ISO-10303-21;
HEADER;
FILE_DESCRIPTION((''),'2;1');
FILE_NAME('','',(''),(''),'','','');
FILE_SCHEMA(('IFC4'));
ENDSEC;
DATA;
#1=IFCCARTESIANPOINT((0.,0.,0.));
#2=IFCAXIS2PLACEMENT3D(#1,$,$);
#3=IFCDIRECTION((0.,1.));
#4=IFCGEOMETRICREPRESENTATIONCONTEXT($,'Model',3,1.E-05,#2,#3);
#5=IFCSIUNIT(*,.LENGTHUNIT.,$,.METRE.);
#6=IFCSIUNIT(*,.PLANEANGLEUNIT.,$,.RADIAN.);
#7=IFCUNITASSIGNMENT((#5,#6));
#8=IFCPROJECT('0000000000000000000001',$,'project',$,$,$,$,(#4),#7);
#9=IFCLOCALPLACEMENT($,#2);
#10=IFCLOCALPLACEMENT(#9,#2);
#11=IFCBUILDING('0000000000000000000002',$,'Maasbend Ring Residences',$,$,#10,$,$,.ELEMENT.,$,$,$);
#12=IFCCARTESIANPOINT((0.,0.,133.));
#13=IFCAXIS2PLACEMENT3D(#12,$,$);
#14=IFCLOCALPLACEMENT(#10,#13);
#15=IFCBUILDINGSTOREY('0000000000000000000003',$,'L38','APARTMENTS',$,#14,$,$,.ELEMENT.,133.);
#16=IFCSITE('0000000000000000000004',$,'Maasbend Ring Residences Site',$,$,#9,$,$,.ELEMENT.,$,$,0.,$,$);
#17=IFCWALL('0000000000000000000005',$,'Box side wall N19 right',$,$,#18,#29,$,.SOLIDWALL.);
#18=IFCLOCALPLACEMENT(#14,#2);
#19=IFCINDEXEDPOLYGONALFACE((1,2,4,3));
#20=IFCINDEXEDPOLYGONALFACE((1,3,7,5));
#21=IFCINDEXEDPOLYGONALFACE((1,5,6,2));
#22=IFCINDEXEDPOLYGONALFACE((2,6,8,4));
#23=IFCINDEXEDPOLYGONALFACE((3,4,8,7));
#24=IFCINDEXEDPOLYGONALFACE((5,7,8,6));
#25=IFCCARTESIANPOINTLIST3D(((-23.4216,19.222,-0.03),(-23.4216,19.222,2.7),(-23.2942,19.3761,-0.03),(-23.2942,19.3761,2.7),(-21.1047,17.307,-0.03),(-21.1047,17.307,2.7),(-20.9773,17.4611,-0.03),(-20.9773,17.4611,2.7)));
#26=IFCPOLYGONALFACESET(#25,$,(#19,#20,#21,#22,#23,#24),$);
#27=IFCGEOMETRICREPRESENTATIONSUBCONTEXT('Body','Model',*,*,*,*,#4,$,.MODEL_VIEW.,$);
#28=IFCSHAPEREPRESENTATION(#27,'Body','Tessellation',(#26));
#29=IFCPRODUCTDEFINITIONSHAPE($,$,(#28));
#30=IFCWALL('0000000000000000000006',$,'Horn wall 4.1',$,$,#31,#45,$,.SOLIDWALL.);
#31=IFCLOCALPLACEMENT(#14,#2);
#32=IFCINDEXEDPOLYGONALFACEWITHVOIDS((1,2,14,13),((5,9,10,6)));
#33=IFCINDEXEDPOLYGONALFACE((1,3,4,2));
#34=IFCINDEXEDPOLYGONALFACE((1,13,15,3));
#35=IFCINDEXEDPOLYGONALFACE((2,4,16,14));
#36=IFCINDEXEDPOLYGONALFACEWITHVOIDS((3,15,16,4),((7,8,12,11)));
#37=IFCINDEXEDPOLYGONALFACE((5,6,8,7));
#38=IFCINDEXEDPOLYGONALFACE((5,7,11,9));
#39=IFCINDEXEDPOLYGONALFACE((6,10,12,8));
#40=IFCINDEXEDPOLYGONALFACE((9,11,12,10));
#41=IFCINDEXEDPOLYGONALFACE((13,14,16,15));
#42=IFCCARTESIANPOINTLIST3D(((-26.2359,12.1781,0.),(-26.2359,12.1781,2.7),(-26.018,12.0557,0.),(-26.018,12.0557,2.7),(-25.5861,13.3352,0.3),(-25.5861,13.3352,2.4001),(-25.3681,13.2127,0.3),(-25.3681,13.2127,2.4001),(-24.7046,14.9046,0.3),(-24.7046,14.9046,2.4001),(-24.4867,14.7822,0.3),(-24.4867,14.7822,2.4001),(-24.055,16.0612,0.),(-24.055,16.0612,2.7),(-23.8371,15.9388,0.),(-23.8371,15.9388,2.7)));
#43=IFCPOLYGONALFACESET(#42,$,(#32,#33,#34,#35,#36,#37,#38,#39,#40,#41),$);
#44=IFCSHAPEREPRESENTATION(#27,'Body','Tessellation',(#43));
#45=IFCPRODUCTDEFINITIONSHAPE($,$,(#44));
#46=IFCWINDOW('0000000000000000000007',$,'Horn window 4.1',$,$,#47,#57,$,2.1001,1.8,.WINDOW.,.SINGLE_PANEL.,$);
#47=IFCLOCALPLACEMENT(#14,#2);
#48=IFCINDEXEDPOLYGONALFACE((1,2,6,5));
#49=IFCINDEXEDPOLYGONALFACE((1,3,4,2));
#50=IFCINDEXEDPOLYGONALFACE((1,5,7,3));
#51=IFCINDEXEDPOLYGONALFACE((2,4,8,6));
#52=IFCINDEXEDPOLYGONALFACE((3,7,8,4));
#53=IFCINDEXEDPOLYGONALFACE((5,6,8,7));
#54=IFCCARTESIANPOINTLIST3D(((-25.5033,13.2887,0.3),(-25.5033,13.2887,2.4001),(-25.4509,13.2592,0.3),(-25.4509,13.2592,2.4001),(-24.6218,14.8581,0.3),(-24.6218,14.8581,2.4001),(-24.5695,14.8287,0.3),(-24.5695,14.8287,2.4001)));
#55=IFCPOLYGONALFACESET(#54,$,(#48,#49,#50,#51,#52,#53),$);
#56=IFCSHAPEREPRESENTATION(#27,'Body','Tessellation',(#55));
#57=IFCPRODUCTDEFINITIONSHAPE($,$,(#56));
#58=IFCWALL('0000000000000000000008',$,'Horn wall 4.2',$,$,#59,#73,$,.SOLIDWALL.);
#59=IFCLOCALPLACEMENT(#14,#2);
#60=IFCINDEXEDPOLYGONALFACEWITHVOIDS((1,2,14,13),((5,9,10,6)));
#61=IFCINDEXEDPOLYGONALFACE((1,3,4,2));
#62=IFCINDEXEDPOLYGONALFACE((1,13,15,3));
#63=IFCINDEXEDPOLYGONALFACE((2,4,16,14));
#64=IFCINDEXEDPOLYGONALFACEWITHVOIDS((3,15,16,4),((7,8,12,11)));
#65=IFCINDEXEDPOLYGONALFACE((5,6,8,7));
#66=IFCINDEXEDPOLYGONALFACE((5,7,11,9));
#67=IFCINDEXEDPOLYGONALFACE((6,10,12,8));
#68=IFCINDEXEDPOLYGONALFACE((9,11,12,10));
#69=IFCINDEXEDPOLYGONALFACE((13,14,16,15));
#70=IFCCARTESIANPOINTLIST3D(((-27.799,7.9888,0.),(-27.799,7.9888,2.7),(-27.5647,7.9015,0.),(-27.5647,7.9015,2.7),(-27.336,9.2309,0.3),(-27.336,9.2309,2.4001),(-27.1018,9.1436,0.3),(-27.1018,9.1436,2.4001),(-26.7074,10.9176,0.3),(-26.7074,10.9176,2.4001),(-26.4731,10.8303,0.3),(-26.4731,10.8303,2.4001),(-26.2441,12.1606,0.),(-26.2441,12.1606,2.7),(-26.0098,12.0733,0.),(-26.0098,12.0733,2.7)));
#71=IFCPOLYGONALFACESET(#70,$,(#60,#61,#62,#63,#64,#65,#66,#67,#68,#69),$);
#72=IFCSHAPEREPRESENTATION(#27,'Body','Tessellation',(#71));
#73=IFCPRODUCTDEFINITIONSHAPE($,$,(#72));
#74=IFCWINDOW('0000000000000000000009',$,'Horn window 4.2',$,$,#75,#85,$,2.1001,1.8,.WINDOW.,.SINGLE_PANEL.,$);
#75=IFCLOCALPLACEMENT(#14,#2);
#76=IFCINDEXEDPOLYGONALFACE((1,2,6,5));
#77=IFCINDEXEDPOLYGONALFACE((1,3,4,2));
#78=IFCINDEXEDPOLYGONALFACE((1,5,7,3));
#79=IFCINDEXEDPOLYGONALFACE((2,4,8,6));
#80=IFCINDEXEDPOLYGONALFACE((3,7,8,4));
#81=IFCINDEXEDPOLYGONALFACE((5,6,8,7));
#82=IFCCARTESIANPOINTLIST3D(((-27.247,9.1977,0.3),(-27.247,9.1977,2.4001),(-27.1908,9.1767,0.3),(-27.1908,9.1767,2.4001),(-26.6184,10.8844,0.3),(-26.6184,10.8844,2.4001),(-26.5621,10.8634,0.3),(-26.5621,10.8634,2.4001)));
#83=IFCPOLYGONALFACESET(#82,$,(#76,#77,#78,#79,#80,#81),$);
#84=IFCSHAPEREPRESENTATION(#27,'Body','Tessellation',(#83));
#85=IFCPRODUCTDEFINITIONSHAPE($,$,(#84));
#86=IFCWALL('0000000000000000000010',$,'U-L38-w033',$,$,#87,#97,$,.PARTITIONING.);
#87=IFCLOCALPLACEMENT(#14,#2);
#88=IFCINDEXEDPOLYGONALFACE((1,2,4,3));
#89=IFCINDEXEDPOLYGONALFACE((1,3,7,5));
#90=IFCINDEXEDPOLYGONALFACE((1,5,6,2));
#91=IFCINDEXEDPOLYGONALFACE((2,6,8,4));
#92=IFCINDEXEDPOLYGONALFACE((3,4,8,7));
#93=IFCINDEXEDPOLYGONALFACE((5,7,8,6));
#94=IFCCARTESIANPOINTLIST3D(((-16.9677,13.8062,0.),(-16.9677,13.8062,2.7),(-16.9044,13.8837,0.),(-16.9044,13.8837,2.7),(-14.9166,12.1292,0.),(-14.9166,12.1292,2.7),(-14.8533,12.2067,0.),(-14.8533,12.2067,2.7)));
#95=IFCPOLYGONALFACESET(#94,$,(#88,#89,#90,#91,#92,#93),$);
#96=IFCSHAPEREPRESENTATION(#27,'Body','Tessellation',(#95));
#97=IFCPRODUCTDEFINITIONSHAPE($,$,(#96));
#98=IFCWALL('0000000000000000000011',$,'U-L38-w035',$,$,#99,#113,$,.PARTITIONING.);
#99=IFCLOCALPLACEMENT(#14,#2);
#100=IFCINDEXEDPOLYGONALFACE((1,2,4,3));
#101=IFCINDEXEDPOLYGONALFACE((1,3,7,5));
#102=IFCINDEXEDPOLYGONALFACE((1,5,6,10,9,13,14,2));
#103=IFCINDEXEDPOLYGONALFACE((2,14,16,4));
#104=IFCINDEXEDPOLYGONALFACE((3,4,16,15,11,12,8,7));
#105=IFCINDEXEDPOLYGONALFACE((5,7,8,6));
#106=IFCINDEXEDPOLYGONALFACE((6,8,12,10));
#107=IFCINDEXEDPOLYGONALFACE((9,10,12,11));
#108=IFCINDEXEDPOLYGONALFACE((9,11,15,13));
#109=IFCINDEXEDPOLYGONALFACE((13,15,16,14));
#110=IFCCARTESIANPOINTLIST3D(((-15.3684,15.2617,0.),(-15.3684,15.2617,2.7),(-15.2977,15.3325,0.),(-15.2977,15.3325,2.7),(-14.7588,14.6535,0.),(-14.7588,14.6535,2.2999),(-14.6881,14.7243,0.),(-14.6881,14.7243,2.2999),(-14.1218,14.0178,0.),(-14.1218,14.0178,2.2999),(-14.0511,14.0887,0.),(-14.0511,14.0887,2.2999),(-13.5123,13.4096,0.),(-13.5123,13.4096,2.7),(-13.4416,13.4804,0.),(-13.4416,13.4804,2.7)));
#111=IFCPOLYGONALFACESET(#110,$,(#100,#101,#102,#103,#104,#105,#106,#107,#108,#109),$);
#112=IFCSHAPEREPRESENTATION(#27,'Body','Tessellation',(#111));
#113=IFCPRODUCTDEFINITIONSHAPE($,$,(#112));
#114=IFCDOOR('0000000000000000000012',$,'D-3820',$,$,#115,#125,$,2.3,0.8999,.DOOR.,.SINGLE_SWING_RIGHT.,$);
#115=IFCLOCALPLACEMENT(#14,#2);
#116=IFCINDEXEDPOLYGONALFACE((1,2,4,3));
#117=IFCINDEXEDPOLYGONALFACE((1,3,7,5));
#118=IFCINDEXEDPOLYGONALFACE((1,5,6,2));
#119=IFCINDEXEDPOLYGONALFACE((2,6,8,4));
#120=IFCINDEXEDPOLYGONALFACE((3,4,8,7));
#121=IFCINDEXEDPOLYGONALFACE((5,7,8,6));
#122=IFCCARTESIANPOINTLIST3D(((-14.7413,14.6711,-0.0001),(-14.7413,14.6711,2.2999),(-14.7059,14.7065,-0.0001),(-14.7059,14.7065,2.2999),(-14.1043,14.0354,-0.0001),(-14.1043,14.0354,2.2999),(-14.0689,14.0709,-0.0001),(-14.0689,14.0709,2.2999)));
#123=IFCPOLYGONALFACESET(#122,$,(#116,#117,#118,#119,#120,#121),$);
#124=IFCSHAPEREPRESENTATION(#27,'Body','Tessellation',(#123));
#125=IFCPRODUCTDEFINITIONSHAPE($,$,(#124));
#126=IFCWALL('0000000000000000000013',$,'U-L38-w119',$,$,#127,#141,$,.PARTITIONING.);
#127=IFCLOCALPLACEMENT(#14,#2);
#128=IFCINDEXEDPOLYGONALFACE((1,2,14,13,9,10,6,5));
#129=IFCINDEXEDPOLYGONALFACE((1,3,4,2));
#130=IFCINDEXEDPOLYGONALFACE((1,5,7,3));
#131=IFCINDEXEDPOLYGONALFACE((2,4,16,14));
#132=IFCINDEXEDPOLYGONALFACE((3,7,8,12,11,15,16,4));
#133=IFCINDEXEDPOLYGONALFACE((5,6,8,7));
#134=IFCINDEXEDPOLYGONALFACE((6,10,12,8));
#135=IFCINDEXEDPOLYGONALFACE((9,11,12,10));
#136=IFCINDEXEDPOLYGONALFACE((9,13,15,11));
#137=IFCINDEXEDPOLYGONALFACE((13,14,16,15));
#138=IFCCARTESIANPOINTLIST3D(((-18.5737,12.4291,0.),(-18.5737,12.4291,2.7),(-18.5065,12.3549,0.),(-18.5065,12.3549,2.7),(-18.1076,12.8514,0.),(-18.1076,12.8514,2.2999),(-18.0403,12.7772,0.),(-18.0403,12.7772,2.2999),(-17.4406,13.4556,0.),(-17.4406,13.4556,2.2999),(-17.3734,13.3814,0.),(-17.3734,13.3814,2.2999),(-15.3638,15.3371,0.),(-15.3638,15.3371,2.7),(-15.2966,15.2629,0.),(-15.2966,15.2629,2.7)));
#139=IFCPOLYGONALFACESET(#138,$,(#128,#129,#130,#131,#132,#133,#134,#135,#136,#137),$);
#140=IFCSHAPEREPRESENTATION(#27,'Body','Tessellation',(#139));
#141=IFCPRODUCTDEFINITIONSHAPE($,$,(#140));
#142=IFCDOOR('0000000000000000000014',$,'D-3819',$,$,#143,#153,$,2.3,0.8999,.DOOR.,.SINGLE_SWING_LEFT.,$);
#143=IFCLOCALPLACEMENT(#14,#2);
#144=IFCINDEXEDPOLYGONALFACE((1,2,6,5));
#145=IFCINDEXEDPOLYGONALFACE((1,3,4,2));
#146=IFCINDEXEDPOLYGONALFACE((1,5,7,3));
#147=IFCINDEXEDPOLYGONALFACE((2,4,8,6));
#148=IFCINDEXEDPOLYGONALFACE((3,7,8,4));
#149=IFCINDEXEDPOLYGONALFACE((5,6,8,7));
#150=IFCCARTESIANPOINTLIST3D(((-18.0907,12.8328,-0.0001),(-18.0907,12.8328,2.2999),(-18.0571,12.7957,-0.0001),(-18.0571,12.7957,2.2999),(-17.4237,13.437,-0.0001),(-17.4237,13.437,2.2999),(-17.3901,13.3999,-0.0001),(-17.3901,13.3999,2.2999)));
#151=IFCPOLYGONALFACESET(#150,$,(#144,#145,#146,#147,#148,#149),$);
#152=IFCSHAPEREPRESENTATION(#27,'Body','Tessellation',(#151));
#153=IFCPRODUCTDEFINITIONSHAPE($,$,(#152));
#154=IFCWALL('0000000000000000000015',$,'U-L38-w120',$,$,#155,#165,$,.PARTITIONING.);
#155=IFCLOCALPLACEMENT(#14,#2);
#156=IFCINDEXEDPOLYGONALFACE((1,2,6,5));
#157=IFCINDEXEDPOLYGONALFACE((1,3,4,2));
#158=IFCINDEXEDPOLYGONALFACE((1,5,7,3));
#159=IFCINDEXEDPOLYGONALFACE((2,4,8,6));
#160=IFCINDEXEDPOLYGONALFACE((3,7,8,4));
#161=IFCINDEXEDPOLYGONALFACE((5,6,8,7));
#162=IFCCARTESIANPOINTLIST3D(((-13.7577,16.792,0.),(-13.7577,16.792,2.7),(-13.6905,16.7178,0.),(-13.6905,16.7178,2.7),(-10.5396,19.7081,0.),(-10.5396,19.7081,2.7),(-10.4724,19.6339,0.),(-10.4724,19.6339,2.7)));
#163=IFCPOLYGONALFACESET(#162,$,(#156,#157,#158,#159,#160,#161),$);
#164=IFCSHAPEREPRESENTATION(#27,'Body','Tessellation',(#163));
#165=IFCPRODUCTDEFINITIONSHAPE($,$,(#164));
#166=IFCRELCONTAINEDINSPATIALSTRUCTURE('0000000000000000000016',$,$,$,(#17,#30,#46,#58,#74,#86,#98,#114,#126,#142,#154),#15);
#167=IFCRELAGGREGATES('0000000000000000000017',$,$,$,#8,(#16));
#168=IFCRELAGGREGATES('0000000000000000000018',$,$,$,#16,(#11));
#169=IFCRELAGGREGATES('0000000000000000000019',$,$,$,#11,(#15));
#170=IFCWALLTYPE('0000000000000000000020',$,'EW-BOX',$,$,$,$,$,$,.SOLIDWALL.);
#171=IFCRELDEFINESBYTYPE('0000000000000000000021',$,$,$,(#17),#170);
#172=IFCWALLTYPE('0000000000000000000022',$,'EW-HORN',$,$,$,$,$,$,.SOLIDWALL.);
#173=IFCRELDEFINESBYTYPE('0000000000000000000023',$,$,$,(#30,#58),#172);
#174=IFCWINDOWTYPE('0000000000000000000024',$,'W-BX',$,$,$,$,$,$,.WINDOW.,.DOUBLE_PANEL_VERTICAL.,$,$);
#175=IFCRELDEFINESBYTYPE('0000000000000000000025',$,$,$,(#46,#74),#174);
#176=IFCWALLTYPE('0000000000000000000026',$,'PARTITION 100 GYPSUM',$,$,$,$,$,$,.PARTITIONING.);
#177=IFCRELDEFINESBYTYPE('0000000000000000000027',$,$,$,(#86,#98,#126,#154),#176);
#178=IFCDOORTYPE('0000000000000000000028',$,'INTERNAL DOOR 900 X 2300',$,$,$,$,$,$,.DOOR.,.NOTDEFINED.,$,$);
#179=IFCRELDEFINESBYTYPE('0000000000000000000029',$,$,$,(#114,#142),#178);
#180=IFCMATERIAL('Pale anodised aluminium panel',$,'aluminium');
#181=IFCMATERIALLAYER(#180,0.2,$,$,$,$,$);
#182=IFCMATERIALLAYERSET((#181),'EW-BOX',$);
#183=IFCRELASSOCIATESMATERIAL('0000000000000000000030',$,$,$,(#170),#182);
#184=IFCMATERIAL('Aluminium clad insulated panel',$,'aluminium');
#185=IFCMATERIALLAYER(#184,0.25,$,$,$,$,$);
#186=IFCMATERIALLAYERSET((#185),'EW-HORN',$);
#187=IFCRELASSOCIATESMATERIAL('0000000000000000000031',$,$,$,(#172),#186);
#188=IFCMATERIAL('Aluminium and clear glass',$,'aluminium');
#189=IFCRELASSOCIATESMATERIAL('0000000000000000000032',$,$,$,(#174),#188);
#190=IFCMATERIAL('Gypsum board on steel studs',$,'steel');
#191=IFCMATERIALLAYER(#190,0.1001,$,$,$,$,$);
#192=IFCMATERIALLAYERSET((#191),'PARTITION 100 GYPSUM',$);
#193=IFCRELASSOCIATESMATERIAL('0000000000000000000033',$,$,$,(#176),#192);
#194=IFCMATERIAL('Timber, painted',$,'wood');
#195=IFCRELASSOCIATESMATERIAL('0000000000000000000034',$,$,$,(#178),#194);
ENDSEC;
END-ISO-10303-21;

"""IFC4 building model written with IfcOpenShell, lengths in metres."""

from ifc_helpers import new_model, si_unit, direction, frame, frame_2d, origin, place, context, subcontext, project, spatial, rectangle, extrude, material, layer, layer_set, type_object, element, fill, save


model = new_model("IFC4")

# Units and contexts
model_context = context("Model", 3, precision=1e-05, world=origin(), true_north=direction((0.0, 1.0)))
body_context = subcontext(model_context, "Body", "Model", "MODEL_VIEW")
ifc_project = project(units=[si_unit("LENGTHUNIT", "METRE"), si_unit("PLANEANGLEUNIT", "RADIAN")], contexts=[model_context])

# Site, building, storey
site_placement = place(None, origin())
site = spatial("IfcSite", under=ifc_project, at=site_placement, Name="Maasbend Ring Residences Site", CompositionType="ELEMENT", RefElevation=0.0)
building_placement = place(site_placement, origin())
building = spatial("IfcBuilding", under=site, at=building_placement, Name="Maasbend Ring Residences", CompositionType="ELEMENT")
storey_placement = place(building_placement, frame((0.0, 0.0, 133.0)))
storey = spatial("IfcBuildingStorey", under=building, at=storey_placement, Name="L38", Description="APARTMENTS", CompositionType="ELEMENT", Elevation=133.0)

# Wall
ifc_material_1 = material(Name="Pale anodised aluminium panel", Category="aluminium")
ifc_layer_1 = layer(ifc_material_1, 0.2)
ifc_layer_set_1 = layer_set([ifc_layer_1], Name="EW-BOX")
wall_type_1 = type_object("IfcWallType", Name="EW-BOX", PredefinedType="SOLIDWALL", material=ifc_layer_set_1)
wall_1_placement = place(storey_placement, frame((-21.041, 17.384, -0.03), z_axis=(0.0, 0.0, 1.0), x_axis=(-0.770785, 0.637096, 0.0)))
element("IfcWall", 1, at=wall_1_placement, inside=storey, type_object=wall_type_1, Name="Box side wall N19 right", PredefinedType="SOLIDWALL", context=body_context, shape_type="SweptSolid", body=[
    extrude(rectangle(XDim=3.0059, YDim=0.2, at=frame_2d((1.5029, 0.0))), origin(), (0.0, 0.0, 1.0), 2.73),
])

# Walls, openings, windows
ifc_material_2 = material(Name="Aluminium clad insulated panel", Category="aluminium")
ifc_layer_2 = layer(ifc_material_2, 0.25)
ifc_layer_set_2 = layer_set([ifc_layer_2], Name="EW-HORN")
wall_type_2 = type_object("IfcWallType", Name="EW-HORN", PredefinedType="SOLIDWALL", material=ifc_layer_set_2)
wall_2_placement = place(storey_placement, frame((-23.946, 16.0, 0.0), z_axis=(0.0, 0.0, 1.0), x_axis=(-0.489696, -0.871893, 0.0)))
wall_2 = element("IfcWall", 2, at=wall_2_placement, inside=storey, type_object=wall_type_2, Name="Horn wall 4.1", PredefinedType="SOLIDWALL", context=body_context, shape_type="SweptSolid", body=[
    extrude(rectangle(XDim=4.4536, YDim=0.25, at=frame_2d((2.2268, 0.0))), origin(), (0.0, 0.0, 1.0), 2.7),
])
opening_1_placement = place(wall_2_placement, frame((1.3267, 0.0, 0.3)))
opening_1 = element("IfcOpeningElement", 3, at=opening_1_placement, cuts=wall_2, PredefinedType="OPENING", context=body_context, shape_type="SweptSolid", body=[
    extrude(rectangle(XDim=1.8, YDim=2.1001, at=frame_2d((0.8999, 1.05))), frame((0.0, 0.135, 0.0), z_axis=(0.0, -1.0, 0.0), x_axis=(1.0, 0.0, 0.0)), (0.0, 0.0, 1.0), 0.27),
])
ifc_material_3 = material(Name="Aluminium and clear glass", Category="aluminium")
window_type = type_object("IfcWindowType", Name="W-BX", PartitioningType="DOUBLE_PANEL_VERTICAL", PredefinedType="WINDOW", material=ifc_material_3)
window_1_placement = place(opening_1_placement, origin())
window_1 = element("IfcWindow", 4, at=window_1_placement, inside=storey, type_object=window_type, Name="Horn window 4.1", OverallHeight=2.1001, OverallWidth=1.8, PartitioningType="SINGLE_PANEL", PredefinedType="WINDOW", context=body_context, shape_type="SweptSolid", body=[
    extrude(rectangle(XDim=1.8, YDim=2.1001, at=frame_2d((0.8999, 1.05))), frame((0.0, 0.03, 0.0), z_axis=(0.0, -1.0, 0.0), x_axis=(1.0, 0.0, 0.0)), (0.0, 0.0, 1.0), 0.0601),
])
fill(opening_1, window_1)
wall_3_placement = place(storey_placement, frame((-26.127, 12.1169, 0.0), z_axis=(0.0, 0.0, 1.0), x_axis=(-0.349248, -0.93703, 0.0)))
wall_3 = element("IfcWall", 5, at=wall_3_placement, inside=storey, type_object=wall_type_2, Name="Horn wall 4.2", PredefinedType="SOLIDWALL", context=body_context, shape_type="SweptSolid", body=[
    extrude(rectangle(XDim=4.4521, YDim=0.25, at=frame_2d((2.2261, 0.0))), origin(), (0.0, 0.0, 1.0), 2.7),
])
opening_2_placement = place(wall_3_placement, frame((1.3267, 0.0, 0.3)))
opening_2 = element("IfcOpeningElement", 6, at=opening_2_placement, cuts=wall_3, PredefinedType="OPENING", context=body_context, shape_type="SweptSolid", body=[
    extrude(rectangle(XDim=1.8, YDim=2.1001, at=frame_2d((0.8999, 1.05))), frame((0.0, 0.135, 0.0), z_axis=(0.0, -1.0, 0.0), x_axis=(1.0, 0.0, 0.0)), (0.0, 0.0, 1.0), 0.27),
])
window_2_placement = place(opening_2_placement, origin())
window_2 = element("IfcWindow", 7, at=window_2_placement, inside=storey, type_object=window_type, Name="Horn window 4.2", OverallHeight=2.1001, OverallWidth=1.8, PartitioningType="SINGLE_PANEL", PredefinedType="WINDOW", context=body_context, shape_type="SweptSolid", body=[
    extrude(rectangle(XDim=1.8, YDim=2.1001, at=frame_2d((0.8999, 1.05))), frame((0.0, 0.03, 0.0), z_axis=(0.0, -1.0, 0.0), x_axis=(1.0, 0.0, 0.0)), (0.0, 0.0, 1.0), 0.0601),
])
fill(opening_2, window_2)

# Wall
ifc_material_4 = material(Name="Gypsum board on steel studs", Category="steel")
ifc_layer_3 = layer(ifc_material_4, 0.1001)
ifc_layer_set_3 = layer_set([ifc_layer_3], Name="PARTITION 100 GYPSUM")
wall_type_3 = type_object("IfcWallType", Name="PARTITION 100 GYPSUM", PredefinedType="PARTITIONING", material=ifc_layer_set_3)
wall_4_placement = place(storey_placement, frame((-16.936, 13.845, 0.0), z_axis=(0.0, 0.0, 1.0), x_axis=(0.774163, -0.632987, 0.0)))
element("IfcWall", 8, at=wall_4_placement, inside=storey, type_object=wall_type_3, Name="U-L38-w033", PredefinedType="PARTITIONING", context=body_context, shape_type="SweptSolid", body=[
    extrude(rectangle(XDim=2.6494, YDim=0.1001, at=frame_2d((1.3247, 0.0))), origin(), (0.0, 0.0, 1.0), 2.7),
])

# Walls, openings, doors
wall_5_placement = place(storey_placement, frame((-15.333, 15.2971, 0.0), z_axis=(0.0, 0.0, 1.0), x_axis=(0.707851, -0.706361, 0.0)))
wall_5 = element("IfcWall", 9, at=wall_5_placement, inside=storey, type_object=wall_type_3, Name="U-L38-w035", PredefinedType="PARTITIONING", context=body_context, shape_type="SweptSolid", body=[
    extrude(rectangle(XDim=2.6221, YDim=0.1001, at=frame_2d((1.311, 0.0))), origin(), (0.0, 0.0, 1.0), 2.7),
])
opening_3_placement = place(wall_5_placement, frame((0.8611, 0.0, 0.0)))
opening_3 = element("IfcOpeningElement", 10, at=opening_3_placement, cuts=wall_5, PredefinedType="OPENING", context=body_context, shape_type="SweptSolid", body=[
    extrude(rectangle(XDim=0.8999, YDim=2.3, at=frame_2d((0.45, 1.1499))), frame((0.0, 0.0601, 0.0), z_axis=(0.0, -1.0, 0.0), x_axis=(1.0, 0.0, 0.0)), (0.0, 0.0, 1.0), 0.1201),
])
ifc_material_5 = material(Name="Timber, painted", Category="wood")
door_type_1 = type_object("IfcDoorType", Name="INTERNAL DOOR 900 X 2300", OperationType="NOTDEFINED", PredefinedType="DOOR", material=ifc_material_5)
door_1_placement = place(opening_3_placement, origin())
door_1 = element("IfcDoor", 11, at=door_1_placement, inside=storey, type_object=door_type_1, Name="D-3820", OperationType="SINGLE_SWING_RIGHT", OverallHeight=2.3, OverallWidth=0.8999, PredefinedType="DOOR", context=body_context, shape_type="SweptSolid", body=[
    extrude(rectangle(XDim=0.8999, YDim=2.3, at=frame_2d((0.45, 1.1499))), frame((0.0, 0.0249, 0.0), z_axis=(0.0, -1.0, 0.0), x_axis=(1.0, 0.0, 0.0)), (0.0, 0.0, 1.0), 0.05),
])
fill(opening_3, door_1)
wall_6_placement = place(storey_placement, frame((-18.54, 12.3921, 0.0), z_axis=(0.0, 0.0, 1.0), x_axis=(0.74111, 0.671384, 0.0)))
wall_6 = element("IfcWall", 12, at=wall_6_placement, inside=storey, type_object=wall_type_3, Name="U-L38-w119", PredefinedType="PARTITIONING", context=body_context, shape_type="SweptSolid", body=[
    extrude(rectangle(XDim=4.3313, YDim=0.1001, at=frame_2d((2.1655, 0.0))), origin(), (0.0, 0.0, 1.0), 2.7),
])
opening_4_placement = place(wall_6_placement, frame((0.6289, 0.0, 0.0)))
opening_4 = element("IfcOpeningElement", 13, at=opening_4_placement, cuts=wall_6, PredefinedType="OPENING", context=body_context, shape_type="SweptSolid", body=[
    extrude(rectangle(XDim=0.8999, YDim=2.3, at=frame_2d((0.45, 1.1499))), frame((0.0, 0.0601, 0.0), z_axis=(0.0, -1.0, 0.0), x_axis=(1.0, 0.0, 0.0)), (0.0, 0.0, 1.0), 0.1201),
])
door_2_placement = place(opening_4_placement, origin())
door_2 = element("IfcDoor", 14, at=door_2_placement, inside=storey, type_object=door_type_1, Name="D-3819", OperationType="SINGLE_SWING_LEFT", OverallHeight=2.3, OverallWidth=0.8999, PredefinedType="DOOR", context=body_context, shape_type="SweptSolid", body=[
    extrude(rectangle(XDim=0.8999, YDim=2.3, at=frame_2d((0.45, 1.1499))), frame((0.0, 0.0249, 0.0), z_axis=(0.0, -1.0, 0.0), x_axis=(1.0, 0.0, 0.0)), (0.0, 0.0, 1.0), 0.05),
])
fill(opening_4, door_2)

# Wall
wall_7_placement = place(storey_placement, frame((-13.7241, 16.7549, 0.0), z_axis=(0.0, 0.0, 1.0), x_axis=(0.741023, 0.67148, 0.0)))
element("IfcWall", 15, at=wall_7_placement, inside=storey, type_object=wall_type_3, Name="U-L38-w120", PredefinedType="PARTITIONING", context=body_context, shape_type="SweptSolid", body=[
    extrude(rectangle(XDim=4.3428, YDim=0.1001, at=frame_2d((2.1714, 0.0))), origin(), (0.0, 0.0, 1.0), 2.7),
])

save(model, "model.ifc")
